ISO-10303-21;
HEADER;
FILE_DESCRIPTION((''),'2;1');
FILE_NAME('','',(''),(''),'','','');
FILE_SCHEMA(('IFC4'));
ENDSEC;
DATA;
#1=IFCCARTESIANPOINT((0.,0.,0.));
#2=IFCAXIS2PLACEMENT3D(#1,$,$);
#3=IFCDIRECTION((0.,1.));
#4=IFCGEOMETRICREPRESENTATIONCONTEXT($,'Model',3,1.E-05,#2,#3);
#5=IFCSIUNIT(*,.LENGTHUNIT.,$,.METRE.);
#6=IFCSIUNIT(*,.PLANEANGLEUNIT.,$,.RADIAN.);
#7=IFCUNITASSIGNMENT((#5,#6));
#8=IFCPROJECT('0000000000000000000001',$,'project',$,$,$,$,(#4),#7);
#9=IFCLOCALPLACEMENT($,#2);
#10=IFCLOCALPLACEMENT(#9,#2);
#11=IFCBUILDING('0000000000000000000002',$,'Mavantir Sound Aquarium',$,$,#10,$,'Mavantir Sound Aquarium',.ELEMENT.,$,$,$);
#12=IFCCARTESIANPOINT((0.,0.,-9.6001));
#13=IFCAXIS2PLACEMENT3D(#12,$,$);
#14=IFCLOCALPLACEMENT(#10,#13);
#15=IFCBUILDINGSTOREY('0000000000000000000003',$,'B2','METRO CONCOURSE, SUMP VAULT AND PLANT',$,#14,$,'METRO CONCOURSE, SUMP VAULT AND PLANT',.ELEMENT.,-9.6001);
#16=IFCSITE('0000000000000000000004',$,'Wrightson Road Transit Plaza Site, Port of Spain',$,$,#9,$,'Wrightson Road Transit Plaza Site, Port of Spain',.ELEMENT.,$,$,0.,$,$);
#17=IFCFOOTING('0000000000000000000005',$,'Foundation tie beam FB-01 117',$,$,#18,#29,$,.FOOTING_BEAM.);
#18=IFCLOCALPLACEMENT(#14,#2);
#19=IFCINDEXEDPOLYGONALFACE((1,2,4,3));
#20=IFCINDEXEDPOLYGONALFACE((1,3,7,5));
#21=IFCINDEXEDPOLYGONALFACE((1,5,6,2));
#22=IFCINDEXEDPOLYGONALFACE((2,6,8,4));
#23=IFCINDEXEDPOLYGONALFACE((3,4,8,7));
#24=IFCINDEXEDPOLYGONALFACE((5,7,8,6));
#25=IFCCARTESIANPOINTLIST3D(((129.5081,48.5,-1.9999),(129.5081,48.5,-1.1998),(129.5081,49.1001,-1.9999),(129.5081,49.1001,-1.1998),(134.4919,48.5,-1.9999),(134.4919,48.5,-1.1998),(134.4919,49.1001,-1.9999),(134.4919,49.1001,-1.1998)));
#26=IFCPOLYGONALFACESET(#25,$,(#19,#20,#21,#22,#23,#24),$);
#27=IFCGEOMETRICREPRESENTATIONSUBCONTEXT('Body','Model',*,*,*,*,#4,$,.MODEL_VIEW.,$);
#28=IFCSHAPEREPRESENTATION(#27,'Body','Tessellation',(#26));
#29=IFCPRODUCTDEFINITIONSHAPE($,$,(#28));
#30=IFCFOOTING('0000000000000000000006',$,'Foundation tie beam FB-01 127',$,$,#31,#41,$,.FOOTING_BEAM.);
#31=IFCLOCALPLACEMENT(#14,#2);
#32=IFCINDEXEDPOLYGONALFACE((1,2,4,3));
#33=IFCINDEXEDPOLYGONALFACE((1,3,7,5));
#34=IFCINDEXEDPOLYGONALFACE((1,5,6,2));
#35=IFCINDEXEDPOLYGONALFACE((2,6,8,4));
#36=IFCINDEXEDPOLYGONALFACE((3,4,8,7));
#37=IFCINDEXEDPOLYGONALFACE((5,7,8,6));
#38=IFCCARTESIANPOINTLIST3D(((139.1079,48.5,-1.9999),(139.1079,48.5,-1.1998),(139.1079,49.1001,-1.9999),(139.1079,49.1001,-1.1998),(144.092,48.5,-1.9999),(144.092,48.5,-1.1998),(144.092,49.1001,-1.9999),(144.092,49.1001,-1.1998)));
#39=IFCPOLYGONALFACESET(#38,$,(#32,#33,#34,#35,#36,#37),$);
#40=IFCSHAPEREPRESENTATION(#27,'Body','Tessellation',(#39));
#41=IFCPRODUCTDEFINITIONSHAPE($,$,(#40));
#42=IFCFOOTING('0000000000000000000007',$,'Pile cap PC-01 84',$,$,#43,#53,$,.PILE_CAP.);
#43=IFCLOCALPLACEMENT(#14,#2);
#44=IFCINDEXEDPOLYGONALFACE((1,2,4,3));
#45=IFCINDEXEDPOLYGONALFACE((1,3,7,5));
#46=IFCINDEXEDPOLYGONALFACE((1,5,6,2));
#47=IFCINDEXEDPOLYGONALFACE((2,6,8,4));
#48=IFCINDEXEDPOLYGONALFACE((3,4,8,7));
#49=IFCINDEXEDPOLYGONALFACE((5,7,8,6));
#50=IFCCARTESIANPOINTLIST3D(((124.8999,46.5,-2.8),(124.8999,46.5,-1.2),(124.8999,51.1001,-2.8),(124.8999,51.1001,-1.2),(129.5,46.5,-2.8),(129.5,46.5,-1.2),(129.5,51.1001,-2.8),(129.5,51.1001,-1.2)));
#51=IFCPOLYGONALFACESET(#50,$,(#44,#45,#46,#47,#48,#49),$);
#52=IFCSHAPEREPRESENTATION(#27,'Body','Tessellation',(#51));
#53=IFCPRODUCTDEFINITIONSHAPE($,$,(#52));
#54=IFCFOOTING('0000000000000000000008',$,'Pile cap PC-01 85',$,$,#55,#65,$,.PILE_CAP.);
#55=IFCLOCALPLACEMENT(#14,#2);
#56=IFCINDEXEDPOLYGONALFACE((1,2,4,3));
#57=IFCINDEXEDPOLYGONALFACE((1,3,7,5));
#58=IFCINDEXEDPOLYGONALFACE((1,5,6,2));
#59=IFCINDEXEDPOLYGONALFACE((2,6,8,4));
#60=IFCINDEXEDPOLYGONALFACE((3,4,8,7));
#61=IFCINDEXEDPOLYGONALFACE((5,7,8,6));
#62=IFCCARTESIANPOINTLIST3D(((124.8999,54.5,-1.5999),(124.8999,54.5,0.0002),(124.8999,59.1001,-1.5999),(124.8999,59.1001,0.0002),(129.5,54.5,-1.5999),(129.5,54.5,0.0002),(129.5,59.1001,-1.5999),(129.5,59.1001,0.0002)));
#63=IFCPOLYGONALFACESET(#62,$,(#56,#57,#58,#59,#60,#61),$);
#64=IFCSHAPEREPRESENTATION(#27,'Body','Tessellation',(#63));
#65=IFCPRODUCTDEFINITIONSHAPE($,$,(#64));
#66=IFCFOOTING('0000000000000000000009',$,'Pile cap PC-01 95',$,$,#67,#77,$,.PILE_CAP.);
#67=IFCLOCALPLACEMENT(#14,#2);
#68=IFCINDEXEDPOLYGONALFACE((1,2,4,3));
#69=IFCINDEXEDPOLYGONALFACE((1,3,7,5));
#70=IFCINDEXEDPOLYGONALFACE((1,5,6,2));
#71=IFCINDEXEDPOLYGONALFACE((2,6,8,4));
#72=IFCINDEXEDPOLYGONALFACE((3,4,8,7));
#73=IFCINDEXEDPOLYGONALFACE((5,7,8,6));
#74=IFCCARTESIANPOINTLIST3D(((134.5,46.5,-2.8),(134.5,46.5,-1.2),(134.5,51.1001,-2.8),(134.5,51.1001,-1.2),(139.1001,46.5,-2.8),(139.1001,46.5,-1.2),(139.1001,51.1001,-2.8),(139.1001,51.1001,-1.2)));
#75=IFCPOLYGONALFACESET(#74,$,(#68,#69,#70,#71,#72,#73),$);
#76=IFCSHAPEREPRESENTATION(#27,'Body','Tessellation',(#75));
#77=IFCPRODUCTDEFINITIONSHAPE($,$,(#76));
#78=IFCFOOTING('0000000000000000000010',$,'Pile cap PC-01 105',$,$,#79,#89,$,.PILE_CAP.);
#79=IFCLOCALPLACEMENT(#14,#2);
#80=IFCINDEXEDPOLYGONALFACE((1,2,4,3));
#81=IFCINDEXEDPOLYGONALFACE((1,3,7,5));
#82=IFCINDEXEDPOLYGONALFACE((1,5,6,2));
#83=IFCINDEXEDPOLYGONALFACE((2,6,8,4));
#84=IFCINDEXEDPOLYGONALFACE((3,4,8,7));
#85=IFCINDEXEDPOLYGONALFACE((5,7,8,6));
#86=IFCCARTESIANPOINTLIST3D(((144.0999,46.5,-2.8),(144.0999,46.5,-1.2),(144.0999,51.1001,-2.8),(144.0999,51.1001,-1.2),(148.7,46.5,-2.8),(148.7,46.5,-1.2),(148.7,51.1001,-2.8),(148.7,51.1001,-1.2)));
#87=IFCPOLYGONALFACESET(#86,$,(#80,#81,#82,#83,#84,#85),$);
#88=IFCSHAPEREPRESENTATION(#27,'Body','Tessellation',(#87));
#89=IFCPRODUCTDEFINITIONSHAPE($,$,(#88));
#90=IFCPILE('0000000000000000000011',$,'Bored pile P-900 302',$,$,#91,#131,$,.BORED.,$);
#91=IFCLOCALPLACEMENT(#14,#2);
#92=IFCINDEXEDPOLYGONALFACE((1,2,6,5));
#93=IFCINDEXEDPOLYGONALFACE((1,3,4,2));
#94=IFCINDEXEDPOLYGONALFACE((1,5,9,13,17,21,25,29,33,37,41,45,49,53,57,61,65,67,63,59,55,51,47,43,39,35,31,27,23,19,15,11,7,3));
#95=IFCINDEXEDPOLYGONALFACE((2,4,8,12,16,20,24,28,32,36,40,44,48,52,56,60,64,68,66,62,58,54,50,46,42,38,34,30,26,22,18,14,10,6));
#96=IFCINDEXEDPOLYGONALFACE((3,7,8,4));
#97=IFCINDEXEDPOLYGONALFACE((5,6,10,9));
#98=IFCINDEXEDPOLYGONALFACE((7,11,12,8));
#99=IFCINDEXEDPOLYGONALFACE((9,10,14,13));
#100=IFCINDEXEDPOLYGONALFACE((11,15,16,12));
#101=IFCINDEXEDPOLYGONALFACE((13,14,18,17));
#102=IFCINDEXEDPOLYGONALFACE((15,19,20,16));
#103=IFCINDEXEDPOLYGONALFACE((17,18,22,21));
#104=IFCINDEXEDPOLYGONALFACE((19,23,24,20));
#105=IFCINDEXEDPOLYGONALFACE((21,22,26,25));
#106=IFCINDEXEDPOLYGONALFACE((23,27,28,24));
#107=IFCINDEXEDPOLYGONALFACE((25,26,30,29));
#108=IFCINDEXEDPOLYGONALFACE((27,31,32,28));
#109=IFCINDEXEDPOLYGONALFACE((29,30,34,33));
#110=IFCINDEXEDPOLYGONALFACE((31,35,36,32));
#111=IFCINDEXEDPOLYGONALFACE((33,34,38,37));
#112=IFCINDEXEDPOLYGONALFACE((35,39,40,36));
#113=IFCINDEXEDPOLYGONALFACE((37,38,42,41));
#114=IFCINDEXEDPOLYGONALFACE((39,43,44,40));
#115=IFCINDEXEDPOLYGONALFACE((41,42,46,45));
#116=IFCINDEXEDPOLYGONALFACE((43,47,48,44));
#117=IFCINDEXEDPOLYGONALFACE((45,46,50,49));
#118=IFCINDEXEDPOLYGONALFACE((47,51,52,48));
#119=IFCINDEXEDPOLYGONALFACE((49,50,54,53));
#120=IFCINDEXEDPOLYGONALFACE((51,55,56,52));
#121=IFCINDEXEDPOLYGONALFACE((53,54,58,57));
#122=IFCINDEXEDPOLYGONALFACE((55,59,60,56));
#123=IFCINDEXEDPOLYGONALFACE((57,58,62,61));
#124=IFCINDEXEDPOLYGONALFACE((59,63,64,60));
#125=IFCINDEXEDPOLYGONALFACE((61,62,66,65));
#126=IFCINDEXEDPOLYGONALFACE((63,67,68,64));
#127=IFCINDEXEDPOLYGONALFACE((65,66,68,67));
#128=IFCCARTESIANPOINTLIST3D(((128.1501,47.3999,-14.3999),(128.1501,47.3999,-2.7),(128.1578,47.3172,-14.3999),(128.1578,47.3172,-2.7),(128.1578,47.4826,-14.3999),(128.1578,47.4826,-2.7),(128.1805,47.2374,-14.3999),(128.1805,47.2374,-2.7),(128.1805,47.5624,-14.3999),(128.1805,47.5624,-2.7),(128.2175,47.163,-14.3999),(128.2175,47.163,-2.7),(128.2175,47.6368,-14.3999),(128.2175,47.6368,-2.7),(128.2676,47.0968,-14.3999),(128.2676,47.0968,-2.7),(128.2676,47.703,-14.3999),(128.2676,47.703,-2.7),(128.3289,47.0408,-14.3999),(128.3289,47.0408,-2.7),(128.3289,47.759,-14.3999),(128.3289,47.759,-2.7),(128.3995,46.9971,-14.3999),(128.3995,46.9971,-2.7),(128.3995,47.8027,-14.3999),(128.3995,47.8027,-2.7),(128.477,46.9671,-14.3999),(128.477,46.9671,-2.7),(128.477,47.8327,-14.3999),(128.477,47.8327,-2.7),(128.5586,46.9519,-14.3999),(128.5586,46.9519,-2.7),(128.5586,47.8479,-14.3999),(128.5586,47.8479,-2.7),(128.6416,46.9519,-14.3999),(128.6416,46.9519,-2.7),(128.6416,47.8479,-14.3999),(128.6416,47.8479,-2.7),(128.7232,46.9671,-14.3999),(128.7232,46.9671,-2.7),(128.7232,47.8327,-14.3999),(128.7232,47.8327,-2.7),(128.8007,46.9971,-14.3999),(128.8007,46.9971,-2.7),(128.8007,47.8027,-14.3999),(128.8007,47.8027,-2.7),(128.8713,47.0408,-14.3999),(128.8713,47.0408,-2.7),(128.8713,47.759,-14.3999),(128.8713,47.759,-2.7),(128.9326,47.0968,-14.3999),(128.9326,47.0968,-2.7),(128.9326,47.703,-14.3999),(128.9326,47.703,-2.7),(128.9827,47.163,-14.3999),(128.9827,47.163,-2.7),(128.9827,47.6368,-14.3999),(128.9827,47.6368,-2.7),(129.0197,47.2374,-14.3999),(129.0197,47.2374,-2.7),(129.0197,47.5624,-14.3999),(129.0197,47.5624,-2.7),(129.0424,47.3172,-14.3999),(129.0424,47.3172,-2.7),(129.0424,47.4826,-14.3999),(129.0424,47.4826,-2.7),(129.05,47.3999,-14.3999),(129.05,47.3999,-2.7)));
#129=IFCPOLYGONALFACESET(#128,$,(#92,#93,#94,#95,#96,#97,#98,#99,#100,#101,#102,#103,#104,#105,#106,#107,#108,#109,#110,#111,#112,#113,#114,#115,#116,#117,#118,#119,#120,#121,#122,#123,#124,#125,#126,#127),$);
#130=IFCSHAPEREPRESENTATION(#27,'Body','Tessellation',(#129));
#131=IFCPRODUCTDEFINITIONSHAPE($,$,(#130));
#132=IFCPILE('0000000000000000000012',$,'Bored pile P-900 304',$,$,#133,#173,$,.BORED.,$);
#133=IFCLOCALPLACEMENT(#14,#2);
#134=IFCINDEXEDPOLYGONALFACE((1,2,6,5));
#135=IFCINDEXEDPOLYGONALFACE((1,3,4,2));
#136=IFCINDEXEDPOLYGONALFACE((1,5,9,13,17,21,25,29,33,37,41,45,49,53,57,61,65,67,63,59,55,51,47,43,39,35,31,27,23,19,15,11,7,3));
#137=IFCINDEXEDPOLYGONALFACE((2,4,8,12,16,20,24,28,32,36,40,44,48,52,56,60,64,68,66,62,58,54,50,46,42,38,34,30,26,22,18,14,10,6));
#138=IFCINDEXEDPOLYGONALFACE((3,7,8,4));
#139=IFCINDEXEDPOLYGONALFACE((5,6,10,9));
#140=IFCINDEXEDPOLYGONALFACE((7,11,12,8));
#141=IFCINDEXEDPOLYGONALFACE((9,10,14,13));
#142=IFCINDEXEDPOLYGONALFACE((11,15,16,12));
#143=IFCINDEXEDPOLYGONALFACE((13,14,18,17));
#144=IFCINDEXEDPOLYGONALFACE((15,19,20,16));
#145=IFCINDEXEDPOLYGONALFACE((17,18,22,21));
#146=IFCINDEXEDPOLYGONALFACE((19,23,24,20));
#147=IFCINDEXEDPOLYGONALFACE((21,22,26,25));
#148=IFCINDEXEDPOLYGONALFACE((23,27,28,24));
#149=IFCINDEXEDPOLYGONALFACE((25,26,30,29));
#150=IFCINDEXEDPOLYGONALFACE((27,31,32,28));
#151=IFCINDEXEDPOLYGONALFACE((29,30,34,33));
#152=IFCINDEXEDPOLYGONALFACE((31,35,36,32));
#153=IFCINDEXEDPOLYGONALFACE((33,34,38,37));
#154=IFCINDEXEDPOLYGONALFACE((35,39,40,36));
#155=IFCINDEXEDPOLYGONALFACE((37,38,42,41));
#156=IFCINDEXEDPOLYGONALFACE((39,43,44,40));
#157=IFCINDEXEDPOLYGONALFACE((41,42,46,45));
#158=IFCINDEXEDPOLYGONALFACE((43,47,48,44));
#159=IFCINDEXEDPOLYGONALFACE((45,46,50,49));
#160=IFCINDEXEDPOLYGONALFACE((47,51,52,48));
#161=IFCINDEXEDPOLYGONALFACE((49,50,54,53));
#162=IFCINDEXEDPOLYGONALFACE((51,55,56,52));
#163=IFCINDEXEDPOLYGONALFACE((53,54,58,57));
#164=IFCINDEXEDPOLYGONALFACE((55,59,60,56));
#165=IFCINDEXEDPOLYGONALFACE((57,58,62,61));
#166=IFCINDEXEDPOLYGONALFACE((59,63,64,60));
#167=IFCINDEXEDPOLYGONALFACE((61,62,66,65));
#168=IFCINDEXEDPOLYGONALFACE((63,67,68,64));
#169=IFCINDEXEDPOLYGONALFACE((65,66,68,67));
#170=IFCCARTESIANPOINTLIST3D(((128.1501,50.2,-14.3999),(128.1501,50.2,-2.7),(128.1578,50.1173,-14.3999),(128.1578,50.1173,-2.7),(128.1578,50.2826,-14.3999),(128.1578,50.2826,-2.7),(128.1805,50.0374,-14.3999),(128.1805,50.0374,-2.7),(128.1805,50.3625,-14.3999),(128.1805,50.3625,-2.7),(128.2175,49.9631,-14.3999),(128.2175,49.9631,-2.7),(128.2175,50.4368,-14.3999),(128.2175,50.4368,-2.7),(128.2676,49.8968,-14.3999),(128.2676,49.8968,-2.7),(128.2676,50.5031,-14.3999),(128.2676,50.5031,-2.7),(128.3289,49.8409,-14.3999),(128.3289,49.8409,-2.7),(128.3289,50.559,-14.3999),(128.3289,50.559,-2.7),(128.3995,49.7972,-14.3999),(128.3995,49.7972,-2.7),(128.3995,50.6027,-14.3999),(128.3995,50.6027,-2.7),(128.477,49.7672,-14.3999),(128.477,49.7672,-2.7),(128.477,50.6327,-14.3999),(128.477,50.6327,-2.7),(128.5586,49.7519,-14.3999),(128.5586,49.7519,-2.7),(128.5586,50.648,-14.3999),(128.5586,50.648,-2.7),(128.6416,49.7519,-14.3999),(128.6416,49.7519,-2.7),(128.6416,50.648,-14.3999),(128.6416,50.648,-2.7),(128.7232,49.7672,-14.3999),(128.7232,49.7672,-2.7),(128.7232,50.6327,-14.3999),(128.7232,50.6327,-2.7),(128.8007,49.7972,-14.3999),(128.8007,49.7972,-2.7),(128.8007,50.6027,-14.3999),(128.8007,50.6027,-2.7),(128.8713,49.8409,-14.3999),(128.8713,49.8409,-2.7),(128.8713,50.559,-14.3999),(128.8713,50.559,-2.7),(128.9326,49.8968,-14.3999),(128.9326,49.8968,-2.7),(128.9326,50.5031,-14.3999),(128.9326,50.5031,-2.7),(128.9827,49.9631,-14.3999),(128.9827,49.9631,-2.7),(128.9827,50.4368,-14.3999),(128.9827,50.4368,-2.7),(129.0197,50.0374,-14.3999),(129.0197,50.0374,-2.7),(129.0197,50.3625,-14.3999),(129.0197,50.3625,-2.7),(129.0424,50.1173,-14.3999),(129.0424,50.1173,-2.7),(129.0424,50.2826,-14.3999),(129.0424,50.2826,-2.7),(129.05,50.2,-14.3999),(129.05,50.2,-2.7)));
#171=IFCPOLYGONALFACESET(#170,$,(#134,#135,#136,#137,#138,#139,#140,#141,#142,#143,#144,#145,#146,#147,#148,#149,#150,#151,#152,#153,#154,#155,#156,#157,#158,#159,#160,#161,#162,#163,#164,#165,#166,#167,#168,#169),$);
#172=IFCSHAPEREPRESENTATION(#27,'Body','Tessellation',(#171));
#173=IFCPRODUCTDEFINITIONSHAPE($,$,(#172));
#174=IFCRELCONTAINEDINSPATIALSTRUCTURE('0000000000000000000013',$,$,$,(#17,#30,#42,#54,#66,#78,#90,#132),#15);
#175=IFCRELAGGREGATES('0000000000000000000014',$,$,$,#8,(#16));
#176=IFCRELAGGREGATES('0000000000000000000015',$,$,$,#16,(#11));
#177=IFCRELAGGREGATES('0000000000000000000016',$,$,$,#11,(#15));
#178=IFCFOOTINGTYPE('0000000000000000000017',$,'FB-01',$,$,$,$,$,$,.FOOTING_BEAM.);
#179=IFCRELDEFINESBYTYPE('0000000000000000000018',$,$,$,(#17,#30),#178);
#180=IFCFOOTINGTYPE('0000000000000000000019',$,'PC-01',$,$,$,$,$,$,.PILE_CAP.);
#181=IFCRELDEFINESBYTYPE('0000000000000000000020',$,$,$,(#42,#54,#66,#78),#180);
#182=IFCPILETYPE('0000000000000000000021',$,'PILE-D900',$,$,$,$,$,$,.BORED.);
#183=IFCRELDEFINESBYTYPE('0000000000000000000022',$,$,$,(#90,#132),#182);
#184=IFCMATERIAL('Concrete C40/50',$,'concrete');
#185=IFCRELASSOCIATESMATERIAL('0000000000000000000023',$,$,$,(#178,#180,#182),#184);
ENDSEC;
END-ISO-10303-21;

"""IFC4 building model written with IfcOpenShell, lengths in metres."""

from ifc_helpers import new_model, si_unit, direction, frame, origin, origin_2d, place, context, subcontext, project, spatial, rectangle, circle, extrude, material, material_profile, profile_set, type_object, element, save


model = new_model("IFC4")

# Units and contexts
model_context = context("Model", 3, precision=1e-05, world=origin(), true_north=direction((0.0, 1.0)))
body_context = subcontext(model_context, "Body", "Model", "MODEL_VIEW")
ifc_project = project(units=[si_unit("LENGTHUNIT", "METRE"), si_unit("PLANEANGLEUNIT", "RADIAN")], contexts=[model_context])

# Site, building, storey
site_placement = place(None, origin())
site = spatial("IfcSite", under=ifc_project, at=site_placement, Name="Wrightson Road Transit Plaza Site, Port of Spain", LongName="Wrightson Road Transit Plaza Site, Port of Spain", CompositionType="ELEMENT", RefElevation=0.0)
building_placement = place(site_placement, origin())
building = spatial("IfcBuilding", under=site, at=building_placement, Name="Mavantir Sound Aquarium", LongName="Mavantir Sound Aquarium", CompositionType="ELEMENT")
storey_placement = place(building_placement, frame((0.0, 0.0, -9.6001)))
storey = spatial("IfcBuildingStorey", under=building, at=storey_placement, Name="B2", Description="METRO CONCOURSE, SUMP VAULT AND PLANT", LongName="METRO CONCOURSE, SUMP VAULT AND PLANT", CompositionType="ELEMENT", Elevation=-9.6001)

# Footings
ifc_material_1 = material(Name="Concrete C40/50", Category="concrete")
ifc_material_profile_1 = material_profile(ifc_material_1, rectangle(XDim=0.6001, YDim=0.8, at=origin_2d()), Name="RC 600X800")
ifc_profile_set_1 = profile_set([ifc_material_profile_1], Name="Concrete C40/50")
footing_type_1 = type_object("IfcFootingType", Name="FB-01", PredefinedType="FOOTING_BEAM", material=ifc_profile_set_1)
footing_1_placement = place(storey_placement, frame((129.5081, 48.8, -1.5999), z_axis=(1.0, 0.0, 0.0), x_axis=(0.0, 1.0, 0.0)))
element("IfcFooting", 1, at=footing_1_placement, inside=storey, type_object=footing_type_1, Name="Foundation tie beam FB-01 117", PredefinedType="FOOTING_BEAM", context=body_context, shape_type="SweptSolid", body=[
    extrude(rectangle(XDim=0.6001, YDim=0.8, at=origin_2d()), origin(), (0.0, 0.0, 1.0), 4.9839),
])
footing_2_placement = place(storey_placement, frame((139.1079, 48.8, -1.5999), z_axis=(1.0, 0.0, 0.0), x_axis=(0.0, 1.0, 0.0)))
element("IfcFooting", 2, at=footing_2_placement, inside=storey, type_object=footing_type_1, Name="Foundation tie beam FB-01 127", PredefinedType="FOOTING_BEAM", context=body_context, shape_type="SweptSolid", body=[
    extrude(rectangle(XDim=0.6001, YDim=0.8, at=origin_2d()), origin(), (0.0, 0.0, 1.0), 4.9841),
])
footing_type_2 = type_object("IfcFootingType", Name="PC-01", PredefinedType="PILE_CAP", material=ifc_material_1)
for number, where, z_axis, x_axis, name in (
    (3, (127.2, 48.8, -2.8), (0.0, 0.0, 1.0), (1.0, 0.0, 0.0), "Pile cap PC-01 84"),
    (4, (127.2, 56.8, -1.5999), (0.0, 0.0, 1.0), (1.0, 0.0, 0.0), "Pile cap PC-01 85"),
    (5, (136.8, 48.8, -2.8), (0.0, 0.0, 1.0), (1.0, 0.0, 0.0), "Pile cap PC-01 95"),
    (6, (146.3999, 48.8, -2.8), (0.0, 0.0, 1.0), (1.0, 0.0, 0.0), "Pile cap PC-01 105"),
):
    element("IfcFooting", number, at=place(storey_placement, frame(where, z_axis=z_axis, x_axis=x_axis)), inside=storey, type_object=footing_type_2, Name=name, PredefinedType="PILE_CAP", context=body_context, shape_type="SweptSolid", body=[
        extrude(rectangle(XDim=4.6001, YDim=4.6001, at=origin_2d()), origin(), (0.0, 0.0, 1.0), 1.6001),
    ])

# Piles
ifc_material_profile_2 = material_profile(ifc_material_1, circle(Radius=0.45, at=origin_2d()), Name="PILE D900")
ifc_profile_set_2 = profile_set([ifc_material_profile_2], Name="Concrete C40/50")
pile_type = type_object("IfcPileType", Name="PILE-D900", PredefinedType="BORED", material=ifc_profile_set_2)
for number, where, z_axis, x_axis, name in (
    (7, (128.6001, 47.3999, -2.7), (0.0, 0.0, -1.0), (1.0, 0.0, 0.0), "Bored pile P-900 302"),
    (8, (128.6001, 50.2, -2.7), (0.0, 0.0, -1.0), (1.0, 0.0, 0.0), "Bored pile P-900 304"),
):
    element("IfcPile", number, at=place(storey_placement, frame(where, z_axis=z_axis, x_axis=x_axis)), inside=storey, type_object=pile_type, Name=name, PredefinedType="BORED", context=body_context, shape_type="SweptSolid", body=[
        extrude(circle(Radius=0.45, at=origin_2d()), origin(), (0.0, 0.0, 1.0), 11.7),
    ])

save(model, "model.ifc")
